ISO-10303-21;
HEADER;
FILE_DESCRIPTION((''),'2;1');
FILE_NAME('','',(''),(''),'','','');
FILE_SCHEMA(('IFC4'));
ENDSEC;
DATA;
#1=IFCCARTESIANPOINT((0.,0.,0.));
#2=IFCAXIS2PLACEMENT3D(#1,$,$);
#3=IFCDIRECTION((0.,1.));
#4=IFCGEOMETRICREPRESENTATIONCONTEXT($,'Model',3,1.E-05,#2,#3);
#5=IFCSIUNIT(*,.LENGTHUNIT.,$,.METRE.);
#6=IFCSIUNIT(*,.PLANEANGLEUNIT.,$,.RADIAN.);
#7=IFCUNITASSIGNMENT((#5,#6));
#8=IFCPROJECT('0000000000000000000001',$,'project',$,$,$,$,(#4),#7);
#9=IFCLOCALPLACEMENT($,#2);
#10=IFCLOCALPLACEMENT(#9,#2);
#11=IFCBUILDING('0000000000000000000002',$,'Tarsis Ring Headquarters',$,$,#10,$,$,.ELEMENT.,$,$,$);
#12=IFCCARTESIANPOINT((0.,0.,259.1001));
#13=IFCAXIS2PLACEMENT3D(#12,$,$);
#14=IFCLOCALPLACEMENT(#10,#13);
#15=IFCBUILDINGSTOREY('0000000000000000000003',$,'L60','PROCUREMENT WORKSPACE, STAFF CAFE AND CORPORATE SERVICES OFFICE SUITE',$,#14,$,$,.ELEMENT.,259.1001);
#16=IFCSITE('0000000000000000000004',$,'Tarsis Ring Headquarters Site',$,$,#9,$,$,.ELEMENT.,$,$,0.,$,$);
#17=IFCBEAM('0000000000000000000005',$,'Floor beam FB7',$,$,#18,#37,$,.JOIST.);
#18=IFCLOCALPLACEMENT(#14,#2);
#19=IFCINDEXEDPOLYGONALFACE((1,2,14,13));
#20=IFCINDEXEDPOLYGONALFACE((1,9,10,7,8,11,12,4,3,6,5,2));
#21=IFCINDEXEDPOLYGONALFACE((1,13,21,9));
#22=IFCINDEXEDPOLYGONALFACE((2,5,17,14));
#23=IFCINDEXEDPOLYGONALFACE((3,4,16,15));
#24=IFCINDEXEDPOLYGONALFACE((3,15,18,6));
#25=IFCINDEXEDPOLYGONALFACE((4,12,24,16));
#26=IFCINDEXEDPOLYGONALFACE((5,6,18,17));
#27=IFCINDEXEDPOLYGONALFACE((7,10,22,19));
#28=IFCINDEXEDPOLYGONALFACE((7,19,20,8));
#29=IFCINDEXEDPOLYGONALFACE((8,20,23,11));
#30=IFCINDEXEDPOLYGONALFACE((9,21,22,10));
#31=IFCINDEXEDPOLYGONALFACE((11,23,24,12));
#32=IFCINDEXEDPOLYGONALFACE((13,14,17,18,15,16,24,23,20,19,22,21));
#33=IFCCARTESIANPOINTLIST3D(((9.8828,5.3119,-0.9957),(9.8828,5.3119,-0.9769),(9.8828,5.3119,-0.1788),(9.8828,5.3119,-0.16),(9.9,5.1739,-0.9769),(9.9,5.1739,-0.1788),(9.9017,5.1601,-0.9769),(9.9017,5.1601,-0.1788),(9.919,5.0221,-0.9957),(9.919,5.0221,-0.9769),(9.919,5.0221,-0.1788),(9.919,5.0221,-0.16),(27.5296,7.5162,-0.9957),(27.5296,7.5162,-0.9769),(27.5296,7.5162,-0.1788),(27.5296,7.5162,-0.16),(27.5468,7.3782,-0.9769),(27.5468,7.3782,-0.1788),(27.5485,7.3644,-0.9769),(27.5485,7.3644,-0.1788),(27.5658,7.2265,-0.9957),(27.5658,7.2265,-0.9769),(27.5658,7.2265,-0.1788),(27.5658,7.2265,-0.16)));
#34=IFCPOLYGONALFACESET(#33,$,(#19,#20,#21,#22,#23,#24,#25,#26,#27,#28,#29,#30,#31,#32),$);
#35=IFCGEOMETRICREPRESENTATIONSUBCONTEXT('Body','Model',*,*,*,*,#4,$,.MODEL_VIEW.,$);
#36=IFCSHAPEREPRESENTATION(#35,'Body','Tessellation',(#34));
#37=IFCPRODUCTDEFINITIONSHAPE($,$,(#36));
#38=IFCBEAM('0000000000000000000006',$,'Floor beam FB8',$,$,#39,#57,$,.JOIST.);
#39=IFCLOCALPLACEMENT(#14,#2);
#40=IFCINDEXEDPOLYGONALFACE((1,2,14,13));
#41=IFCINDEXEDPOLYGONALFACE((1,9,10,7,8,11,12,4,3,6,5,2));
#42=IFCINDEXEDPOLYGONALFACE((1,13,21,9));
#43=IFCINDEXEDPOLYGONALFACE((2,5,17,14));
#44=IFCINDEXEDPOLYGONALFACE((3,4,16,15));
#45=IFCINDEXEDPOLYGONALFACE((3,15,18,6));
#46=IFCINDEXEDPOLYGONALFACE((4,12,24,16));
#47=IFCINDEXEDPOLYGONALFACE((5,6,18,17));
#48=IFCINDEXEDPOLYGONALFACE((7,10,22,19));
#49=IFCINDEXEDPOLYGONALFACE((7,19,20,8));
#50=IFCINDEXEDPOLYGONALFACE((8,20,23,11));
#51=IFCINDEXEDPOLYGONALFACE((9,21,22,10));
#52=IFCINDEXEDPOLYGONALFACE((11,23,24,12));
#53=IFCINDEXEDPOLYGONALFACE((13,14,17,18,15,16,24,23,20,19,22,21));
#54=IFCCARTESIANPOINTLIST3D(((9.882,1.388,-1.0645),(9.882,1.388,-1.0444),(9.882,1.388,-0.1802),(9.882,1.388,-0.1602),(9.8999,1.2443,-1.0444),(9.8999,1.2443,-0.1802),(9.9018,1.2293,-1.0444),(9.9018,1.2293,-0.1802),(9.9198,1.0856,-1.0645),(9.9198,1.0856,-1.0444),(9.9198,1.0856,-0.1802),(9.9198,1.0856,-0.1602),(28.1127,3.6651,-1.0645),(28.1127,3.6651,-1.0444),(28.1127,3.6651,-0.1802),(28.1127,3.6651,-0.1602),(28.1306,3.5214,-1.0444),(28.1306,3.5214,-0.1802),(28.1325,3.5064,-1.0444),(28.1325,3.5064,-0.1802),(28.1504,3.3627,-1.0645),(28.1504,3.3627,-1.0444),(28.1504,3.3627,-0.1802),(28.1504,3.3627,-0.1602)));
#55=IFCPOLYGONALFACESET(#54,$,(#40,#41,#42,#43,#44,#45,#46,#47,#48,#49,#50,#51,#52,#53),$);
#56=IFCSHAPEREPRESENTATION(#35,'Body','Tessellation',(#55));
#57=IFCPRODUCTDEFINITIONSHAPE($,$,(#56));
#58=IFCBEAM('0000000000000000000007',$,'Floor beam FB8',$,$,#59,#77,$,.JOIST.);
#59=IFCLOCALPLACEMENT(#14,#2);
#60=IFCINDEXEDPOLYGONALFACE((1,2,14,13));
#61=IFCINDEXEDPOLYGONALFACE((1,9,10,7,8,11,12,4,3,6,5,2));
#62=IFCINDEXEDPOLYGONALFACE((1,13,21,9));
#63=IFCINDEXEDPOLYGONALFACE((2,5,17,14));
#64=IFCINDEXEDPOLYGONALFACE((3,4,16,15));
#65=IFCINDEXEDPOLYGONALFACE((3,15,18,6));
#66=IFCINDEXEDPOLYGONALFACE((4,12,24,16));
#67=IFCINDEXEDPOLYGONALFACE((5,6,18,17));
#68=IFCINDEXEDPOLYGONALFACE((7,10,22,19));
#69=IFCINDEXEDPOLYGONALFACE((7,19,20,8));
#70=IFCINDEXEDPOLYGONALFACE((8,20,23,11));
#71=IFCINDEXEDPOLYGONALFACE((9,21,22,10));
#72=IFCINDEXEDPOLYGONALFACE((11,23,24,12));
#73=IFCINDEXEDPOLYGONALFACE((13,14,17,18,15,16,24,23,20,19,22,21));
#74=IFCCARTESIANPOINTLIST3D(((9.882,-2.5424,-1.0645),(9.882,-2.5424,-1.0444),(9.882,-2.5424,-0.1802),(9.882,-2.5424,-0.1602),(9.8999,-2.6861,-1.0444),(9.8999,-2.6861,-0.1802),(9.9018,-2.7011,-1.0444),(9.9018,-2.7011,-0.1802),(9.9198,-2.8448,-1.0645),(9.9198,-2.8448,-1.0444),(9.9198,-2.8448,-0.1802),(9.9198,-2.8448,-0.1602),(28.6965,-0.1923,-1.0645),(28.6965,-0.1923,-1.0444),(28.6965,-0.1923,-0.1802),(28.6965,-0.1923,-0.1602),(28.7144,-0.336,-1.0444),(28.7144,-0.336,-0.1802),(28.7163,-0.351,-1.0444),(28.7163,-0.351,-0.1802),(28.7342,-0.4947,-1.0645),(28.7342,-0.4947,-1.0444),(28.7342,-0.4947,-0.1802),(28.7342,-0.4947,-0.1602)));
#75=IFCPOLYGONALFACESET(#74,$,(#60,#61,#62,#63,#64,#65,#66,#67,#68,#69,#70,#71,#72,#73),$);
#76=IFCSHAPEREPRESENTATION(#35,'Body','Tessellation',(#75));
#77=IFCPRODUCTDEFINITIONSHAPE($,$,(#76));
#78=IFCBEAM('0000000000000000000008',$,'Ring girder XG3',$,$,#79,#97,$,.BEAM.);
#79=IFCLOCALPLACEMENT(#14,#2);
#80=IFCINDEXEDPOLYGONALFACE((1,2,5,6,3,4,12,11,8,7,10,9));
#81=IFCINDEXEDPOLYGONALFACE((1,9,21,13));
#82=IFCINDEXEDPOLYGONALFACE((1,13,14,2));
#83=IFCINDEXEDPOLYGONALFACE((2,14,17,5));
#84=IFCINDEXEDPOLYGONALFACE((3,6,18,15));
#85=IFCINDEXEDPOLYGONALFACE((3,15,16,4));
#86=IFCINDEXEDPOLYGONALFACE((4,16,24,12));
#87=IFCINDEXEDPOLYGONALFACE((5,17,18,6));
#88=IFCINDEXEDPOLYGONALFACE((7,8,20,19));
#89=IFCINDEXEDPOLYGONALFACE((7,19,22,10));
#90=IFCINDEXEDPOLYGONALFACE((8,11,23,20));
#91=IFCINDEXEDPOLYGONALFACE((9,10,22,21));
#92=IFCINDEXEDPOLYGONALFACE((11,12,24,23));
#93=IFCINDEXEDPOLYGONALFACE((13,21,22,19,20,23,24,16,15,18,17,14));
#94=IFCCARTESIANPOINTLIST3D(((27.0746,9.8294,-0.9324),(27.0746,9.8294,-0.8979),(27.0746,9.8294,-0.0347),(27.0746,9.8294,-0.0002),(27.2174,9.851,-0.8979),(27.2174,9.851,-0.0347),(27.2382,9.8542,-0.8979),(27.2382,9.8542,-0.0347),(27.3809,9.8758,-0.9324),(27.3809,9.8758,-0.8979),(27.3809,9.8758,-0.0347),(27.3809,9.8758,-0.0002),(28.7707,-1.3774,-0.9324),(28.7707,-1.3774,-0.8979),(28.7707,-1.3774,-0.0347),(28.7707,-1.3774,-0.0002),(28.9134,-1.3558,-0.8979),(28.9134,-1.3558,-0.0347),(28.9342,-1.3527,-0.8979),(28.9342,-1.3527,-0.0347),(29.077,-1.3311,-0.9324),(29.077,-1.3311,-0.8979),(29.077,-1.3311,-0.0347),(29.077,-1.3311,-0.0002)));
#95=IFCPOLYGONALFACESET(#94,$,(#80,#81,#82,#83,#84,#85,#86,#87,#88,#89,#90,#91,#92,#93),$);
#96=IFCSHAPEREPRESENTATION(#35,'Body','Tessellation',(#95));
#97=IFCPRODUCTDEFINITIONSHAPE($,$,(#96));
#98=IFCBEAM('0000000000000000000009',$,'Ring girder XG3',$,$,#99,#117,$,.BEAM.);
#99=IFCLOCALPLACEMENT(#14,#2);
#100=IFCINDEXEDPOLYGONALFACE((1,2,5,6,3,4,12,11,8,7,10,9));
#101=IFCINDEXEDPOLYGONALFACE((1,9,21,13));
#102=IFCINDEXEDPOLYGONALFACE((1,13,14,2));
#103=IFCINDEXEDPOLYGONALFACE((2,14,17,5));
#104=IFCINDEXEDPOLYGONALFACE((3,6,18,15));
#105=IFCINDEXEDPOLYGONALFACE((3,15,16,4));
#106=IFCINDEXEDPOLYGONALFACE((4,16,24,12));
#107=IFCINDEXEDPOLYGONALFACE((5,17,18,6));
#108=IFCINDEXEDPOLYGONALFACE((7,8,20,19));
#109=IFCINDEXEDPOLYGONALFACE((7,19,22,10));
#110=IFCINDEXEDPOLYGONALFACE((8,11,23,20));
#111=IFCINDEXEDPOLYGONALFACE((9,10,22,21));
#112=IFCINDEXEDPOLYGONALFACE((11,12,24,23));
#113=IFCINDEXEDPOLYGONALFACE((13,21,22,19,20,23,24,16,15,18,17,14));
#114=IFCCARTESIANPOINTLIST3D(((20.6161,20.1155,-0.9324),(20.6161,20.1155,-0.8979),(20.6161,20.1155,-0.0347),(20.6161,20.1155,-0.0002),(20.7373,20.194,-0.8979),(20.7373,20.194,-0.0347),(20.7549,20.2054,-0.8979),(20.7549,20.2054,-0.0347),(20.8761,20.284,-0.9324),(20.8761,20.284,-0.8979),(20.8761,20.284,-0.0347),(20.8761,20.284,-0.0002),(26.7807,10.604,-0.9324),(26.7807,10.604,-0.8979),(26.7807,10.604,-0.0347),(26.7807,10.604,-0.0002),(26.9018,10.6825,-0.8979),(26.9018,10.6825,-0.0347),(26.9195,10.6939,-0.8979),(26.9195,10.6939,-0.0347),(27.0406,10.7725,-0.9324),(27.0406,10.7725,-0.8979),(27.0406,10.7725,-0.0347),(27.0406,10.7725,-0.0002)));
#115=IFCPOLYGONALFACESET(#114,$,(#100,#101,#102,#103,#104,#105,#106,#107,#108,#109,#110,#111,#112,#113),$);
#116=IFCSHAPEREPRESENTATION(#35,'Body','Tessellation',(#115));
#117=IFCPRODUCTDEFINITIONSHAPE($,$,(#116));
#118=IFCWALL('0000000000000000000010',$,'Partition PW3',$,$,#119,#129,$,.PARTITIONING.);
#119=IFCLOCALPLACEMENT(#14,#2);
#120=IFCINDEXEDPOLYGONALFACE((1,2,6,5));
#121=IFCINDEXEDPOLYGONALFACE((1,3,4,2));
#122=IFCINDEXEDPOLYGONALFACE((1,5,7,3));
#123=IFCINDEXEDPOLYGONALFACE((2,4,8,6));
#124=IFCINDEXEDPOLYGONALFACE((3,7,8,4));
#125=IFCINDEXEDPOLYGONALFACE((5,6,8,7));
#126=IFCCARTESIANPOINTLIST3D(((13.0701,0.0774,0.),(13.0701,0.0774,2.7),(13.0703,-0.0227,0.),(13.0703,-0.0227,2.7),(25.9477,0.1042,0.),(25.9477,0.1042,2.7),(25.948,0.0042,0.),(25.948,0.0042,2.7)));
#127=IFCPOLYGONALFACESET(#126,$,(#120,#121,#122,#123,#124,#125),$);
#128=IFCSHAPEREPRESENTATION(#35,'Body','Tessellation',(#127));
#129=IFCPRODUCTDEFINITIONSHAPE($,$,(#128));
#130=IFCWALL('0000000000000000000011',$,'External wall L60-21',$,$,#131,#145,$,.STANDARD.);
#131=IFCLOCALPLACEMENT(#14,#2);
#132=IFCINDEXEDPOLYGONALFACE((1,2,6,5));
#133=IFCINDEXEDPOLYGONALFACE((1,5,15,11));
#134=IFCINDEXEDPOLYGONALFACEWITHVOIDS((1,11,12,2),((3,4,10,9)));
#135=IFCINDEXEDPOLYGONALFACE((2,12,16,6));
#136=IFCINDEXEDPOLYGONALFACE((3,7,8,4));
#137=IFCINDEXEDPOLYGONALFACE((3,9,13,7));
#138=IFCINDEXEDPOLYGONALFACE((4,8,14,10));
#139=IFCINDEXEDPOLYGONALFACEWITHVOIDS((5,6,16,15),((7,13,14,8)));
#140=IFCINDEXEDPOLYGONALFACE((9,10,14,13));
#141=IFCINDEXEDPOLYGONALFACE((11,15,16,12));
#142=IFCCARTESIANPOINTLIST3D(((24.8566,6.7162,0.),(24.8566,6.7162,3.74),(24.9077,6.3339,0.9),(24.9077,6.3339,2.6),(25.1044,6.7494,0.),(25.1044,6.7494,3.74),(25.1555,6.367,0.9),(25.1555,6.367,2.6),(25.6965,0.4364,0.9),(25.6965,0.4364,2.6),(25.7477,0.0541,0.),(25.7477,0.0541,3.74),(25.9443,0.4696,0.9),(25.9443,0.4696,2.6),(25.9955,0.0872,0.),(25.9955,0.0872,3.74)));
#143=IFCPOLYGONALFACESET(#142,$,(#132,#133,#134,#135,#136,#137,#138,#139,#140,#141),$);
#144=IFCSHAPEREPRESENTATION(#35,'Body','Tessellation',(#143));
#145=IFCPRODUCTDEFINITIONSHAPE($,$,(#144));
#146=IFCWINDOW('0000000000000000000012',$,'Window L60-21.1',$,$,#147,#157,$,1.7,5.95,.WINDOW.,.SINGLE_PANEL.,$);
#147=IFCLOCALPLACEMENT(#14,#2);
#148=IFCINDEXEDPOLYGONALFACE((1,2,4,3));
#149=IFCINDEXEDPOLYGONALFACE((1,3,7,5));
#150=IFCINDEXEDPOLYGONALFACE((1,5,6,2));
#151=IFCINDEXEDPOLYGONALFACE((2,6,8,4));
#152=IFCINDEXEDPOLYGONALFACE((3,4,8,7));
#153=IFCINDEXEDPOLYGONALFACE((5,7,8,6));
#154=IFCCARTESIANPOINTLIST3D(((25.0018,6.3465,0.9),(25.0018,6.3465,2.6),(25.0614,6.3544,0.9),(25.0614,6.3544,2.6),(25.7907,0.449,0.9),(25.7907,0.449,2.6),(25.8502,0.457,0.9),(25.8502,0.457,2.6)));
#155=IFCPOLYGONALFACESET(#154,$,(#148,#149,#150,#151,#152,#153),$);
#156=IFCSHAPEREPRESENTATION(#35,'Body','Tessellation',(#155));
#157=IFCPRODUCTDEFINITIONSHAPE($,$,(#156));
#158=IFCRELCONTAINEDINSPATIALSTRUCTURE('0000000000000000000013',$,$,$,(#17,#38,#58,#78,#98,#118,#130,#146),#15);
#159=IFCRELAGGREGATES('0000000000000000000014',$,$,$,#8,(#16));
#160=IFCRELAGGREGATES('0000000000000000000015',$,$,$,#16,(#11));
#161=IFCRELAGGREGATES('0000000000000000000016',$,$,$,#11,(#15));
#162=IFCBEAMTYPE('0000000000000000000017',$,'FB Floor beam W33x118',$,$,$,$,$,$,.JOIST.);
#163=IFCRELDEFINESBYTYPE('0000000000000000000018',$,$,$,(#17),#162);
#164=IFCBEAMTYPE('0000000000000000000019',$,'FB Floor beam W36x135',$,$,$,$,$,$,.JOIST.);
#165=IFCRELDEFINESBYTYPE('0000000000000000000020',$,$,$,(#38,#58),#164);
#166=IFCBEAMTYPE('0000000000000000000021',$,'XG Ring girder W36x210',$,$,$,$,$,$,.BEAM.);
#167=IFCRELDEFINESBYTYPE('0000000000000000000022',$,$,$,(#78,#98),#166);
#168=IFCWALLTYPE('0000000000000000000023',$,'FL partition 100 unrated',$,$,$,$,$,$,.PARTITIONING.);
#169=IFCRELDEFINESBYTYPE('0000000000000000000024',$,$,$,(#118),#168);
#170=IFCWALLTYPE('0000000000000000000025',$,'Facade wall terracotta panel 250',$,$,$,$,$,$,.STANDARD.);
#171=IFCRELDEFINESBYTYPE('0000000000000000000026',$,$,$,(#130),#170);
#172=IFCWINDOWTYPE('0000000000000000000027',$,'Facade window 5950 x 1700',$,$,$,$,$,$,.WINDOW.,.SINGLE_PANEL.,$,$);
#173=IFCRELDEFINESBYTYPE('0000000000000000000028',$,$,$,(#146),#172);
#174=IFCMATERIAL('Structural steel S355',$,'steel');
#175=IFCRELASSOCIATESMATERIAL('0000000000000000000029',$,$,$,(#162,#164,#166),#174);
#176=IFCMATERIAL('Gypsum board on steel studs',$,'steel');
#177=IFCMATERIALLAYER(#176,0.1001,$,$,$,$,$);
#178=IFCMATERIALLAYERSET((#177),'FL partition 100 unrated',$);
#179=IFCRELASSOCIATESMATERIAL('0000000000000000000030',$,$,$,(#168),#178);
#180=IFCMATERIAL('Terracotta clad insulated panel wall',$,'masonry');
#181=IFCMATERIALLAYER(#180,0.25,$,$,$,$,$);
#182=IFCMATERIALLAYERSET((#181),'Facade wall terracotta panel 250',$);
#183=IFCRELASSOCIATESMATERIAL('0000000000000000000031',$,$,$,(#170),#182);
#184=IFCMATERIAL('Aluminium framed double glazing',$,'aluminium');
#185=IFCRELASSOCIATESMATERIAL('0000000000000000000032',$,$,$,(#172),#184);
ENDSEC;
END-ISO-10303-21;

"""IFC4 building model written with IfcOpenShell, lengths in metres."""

from ifc_helpers import new_model, si_unit, direction, frame, frame_2d, origin, origin_2d, place, context, subcontext, project, spatial, rectangle, i_section, extrude, material, layer, layer_set, material_profile, profile_set, type_object, element, fill, save


model = new_model("IFC4")

# Units and contexts
model_context = context("Model", 3, precision=1e-05, world=origin(), true_north=direction((0.0, 1.0)))
body_context = subcontext(model_context, "Body", "Model", "MODEL_VIEW")
ifc_project = project(units=[si_unit("LENGTHUNIT", "METRE"), si_unit("PLANEANGLEUNIT", "RADIAN")], contexts=[model_context])

# Site, building, storey
site_placement = place(None, origin())
site = spatial("IfcSite", under=ifc_project, at=site_placement, Name="Tarsis Ring Headquarters Site", CompositionType="ELEMENT", RefElevation=0.0)
building_placement = place(site_placement, origin())
building = spatial("IfcBuilding", under=site, at=building_placement, Name="Tarsis Ring Headquarters", CompositionType="ELEMENT")
storey_placement = place(building_placement, frame((0.0, 0.0, 259.1001)))
storey = spatial("IfcBuildingStorey", under=building, at=storey_placement, Name="L60", Description="PROCUREMENT WORKSPACE, STAFF CAFE AND CORPORATE SERVICES OFFICE SUITE", CompositionType="ELEMENT", Elevation=259.1001)

# Shared definitions
ifc_material_1 = material(Name="Structural steel S355", Category="steel")

# Beams
ifc_material_profile_1 = material_profile(ifc_material_1, i_section(OverallWidth=0.292, OverallDepth=0.8357, WebThickness=0.0139, FlangeThickness=0.0188, at=origin_2d()), Name="W33x118")
ifc_profile_set_1 = profile_set([ifc_material_profile_1], Name="Structural steel S355")
beam_type_1 = type_object("IfcBeamType", Name="FB Floor beam W33x118", PredefinedType="JOIST", material=ifc_profile_set_1)
beam_1_placement = place(storey_placement, frame((9.9009, 5.167, -0.5779), z_axis=(0.992288, 0.123952, 0.0), x_axis=(-0.123952, 0.992288, 0.0)))
element("IfcBeam", 1, at=beam_1_placement, inside=storey, type_object=beam_type_1, Name="Floor beam FB7", PredefinedType="JOIST", context=body_context, shape_type="SweptSolid", body=[
    extrude(i_section(OverallWidth=0.292, OverallDepth=0.8357, WebThickness=0.0139, FlangeThickness=0.0188, at=origin_2d()), origin(), (0.0, 0.0, 1.0), 17.7839),
])
ifc_material_profile_2 = material_profile(ifc_material_1, i_section(OverallWidth=0.3047, OverallDepth=0.9043, WebThickness=0.0151, FlangeThickness=0.02, at=origin_2d()), Name="W36x135")
ifc_profile_set_2 = profile_set([ifc_material_profile_2], Name="Structural steel S355")
beam_type_2 = type_object("IfcBeamType", Name="FB Floor beam W36x135", PredefinedType="JOIST", material=ifc_profile_set_2)
beam_2_placement = place(storey_placement, frame((9.9009, 1.2368, -0.6123), z_axis=(0.99229, 0.123942, 0.0), x_axis=(-0.123942, 0.99229, 0.0)))
element("IfcBeam", 2, at=beam_2_placement, inside=storey, type_object=beam_type_2, Name="Floor beam FB8", PredefinedType="JOIST", context=body_context, shape_type="SweptSolid", body=[
    extrude(i_section(OverallWidth=0.3047, OverallDepth=0.9043, WebThickness=0.0151, FlangeThickness=0.02, at=origin_2d()), origin(), (0.0, 0.0, 1.0), 18.3723),
])
beam_3_placement = place(storey_placement, frame((9.9009, -2.6936, -0.6123), z_axis=(0.992289, 0.123946, 0.0), x_axis=(-0.123946, 0.992289, 0.0)))
element("IfcBeam", 3, at=beam_3_placement, inside=storey, type_object=beam_type_2, Name="Floor beam FB8", PredefinedType="JOIST", context=body_context, shape_type="SweptSolid", body=[
    extrude(i_section(OverallWidth=0.3047, OverallDepth=0.9043, WebThickness=0.0151, FlangeThickness=0.02, at=origin_2d()), origin(), (0.0, 0.0, 1.0), 18.9607),
])
ifc_material_profile_3 = material_profile(ifc_material_1, i_section(OverallWidth=0.3098, OverallDepth=0.9321, WebThickness=0.021, FlangeThickness=0.0344, at=origin_2d()), Name="W36x210")
ifc_profile_set_3 = profile_set([ifc_material_profile_3], Name="Structural steel S355")
beam_type_3 = type_object("IfcBeamType", Name="XG Ring girder W36x210", PredefinedType="BEAM", material=ifc_profile_set_3)
for number, where, z_axis, x_axis, name in (
    (4, (28.9238, -1.3542, -0.4663), (-0.149637, 0.988741, 0.0), (-0.988741, -0.149637, 0.0), "Ring girder XG3"),
    (5, (26.9106, 10.6882, -0.4663), (-0.543877, 0.839165, 0.0), (-0.839165, -0.543877, 0.0), "Ring girder XG3"),
):
    element("IfcBeam", number, at=place(storey_placement, frame(where, z_axis=z_axis, x_axis=x_axis)), inside=storey, type_object=beam_type_3, Name=name, PredefinedType="BEAM", context=body_context, shape_type="SweptSolid", body=[
        extrude(i_section(OverallWidth=0.3098, OverallDepth=0.9321, WebThickness=0.021, FlangeThickness=0.0344, at=origin_2d()), origin(), (0.0, 0.0, 1.0), 11.3345),
    ])

# Wall
ifc_material_2 = material(Name="Gypsum board on steel studs", Category="steel")
ifc_layer_1 = layer(ifc_material_2, 0.1001)
ifc_layer_set_1 = layer_set([ifc_layer_1], Name="FL partition 100 unrated")
wall_type_1 = type_object("IfcWallType", Name="FL partition 100 unrated", PredefinedType="PARTITIONING", material=ifc_layer_set_1)
wall_1_placement = place(storey_placement, frame((13.0701, 0.0273, 0.0), z_axis=(0.0, 0.0, 1.0), x_axis=(0.999998, 0.002085, 0.0)))
element("IfcWall", 6, at=wall_1_placement, inside=storey, type_object=wall_type_1, Name="Partition PW3", PredefinedType="PARTITIONING", context=body_context, shape_type="SweptSolid", body=[
    extrude(rectangle(XDim=12.8777, YDim=0.1001, at=frame_2d((6.439, 0.0))), origin(), (0.0, 0.0, 1.0), 2.7),
])

# Wall, opening, window
ifc_material_3 = material(Name="Terracotta clad insulated panel wall", Category="masonry")
ifc_layer_2 = layer(ifc_material_3, 0.25)
ifc_layer_set_2 = layer_set([ifc_layer_2], Name="Facade wall terracotta panel 250")
wall_type_2 = type_object("IfcWallType", Name="Facade wall terracotta panel 250", PredefinedType="STANDARD", material=ifc_layer_set_2)
wall_2_placement = place(storey_placement, frame((25.8716, 0.0706, 0.0), z_axis=(0.0, 0.0, 1.0), x_axis=(-0.132578, 0.991173, 0.0)))
wall_2 = element("IfcWall", 7, at=wall_2_placement, inside=storey, type_object=wall_type_2, Name="External wall L60-21", PredefinedType="STANDARD", context=body_context, shape_type="SweptSolid", body=[
    extrude(rectangle(XDim=6.7214, YDim=0.25, at=frame_2d((3.3608, 0.0))), origin(), (0.0, 0.0, 1.0), 3.74),
])
opening_1_placement = place(wall_2_placement, frame((0.3857, 0.0, 0.8999)))
opening_1 = element("IfcOpeningElement", 8, at=opening_1_placement, cuts=wall_2, PredefinedType="OPENING", context=body_context, shape_type="SweptSolid", body=[
    extrude(rectangle(XDim=5.95, YDim=1.7, at=frame_2d((2.9751, 0.8501))), frame((0.0, 0.135, 0.0), z_axis=(0.0, -1.0, 0.0), x_axis=(1.0, 0.0, 0.0)), (0.0, 0.0, 1.0), 0.27),
])
ifc_material_4 = material(Name="Aluminium framed double glazing", Category="aluminium")
window_type = type_object("IfcWindowType", Name="Facade window 5950 x 1700", PartitioningType="SINGLE_PANEL", PredefinedType="WINDOW", material=ifc_material_4)
window_1_placement = place(opening_1_placement, origin())
window_1 = element("IfcWindow", 9, at=window_1_placement, inside=storey, type_object=window_type, Name="Window L60-21.1", OverallHeight=1.7, OverallWidth=5.95, PartitioningType="SINGLE_PANEL", PredefinedType="WINDOW", context=body_context, shape_type="SweptSolid", body=[
    extrude(rectangle(XDim=5.95, YDim=1.7, at=frame_2d((2.9751, 0.8501))), frame((0.0, 0.03, 0.0), z_axis=(0.0, -1.0, 0.0), x_axis=(1.0, 0.0, 0.0)), (0.0, 0.0, 1.0), 0.0601),
])
fill(opening_1, window_1)

save(model, "model.ifc")
